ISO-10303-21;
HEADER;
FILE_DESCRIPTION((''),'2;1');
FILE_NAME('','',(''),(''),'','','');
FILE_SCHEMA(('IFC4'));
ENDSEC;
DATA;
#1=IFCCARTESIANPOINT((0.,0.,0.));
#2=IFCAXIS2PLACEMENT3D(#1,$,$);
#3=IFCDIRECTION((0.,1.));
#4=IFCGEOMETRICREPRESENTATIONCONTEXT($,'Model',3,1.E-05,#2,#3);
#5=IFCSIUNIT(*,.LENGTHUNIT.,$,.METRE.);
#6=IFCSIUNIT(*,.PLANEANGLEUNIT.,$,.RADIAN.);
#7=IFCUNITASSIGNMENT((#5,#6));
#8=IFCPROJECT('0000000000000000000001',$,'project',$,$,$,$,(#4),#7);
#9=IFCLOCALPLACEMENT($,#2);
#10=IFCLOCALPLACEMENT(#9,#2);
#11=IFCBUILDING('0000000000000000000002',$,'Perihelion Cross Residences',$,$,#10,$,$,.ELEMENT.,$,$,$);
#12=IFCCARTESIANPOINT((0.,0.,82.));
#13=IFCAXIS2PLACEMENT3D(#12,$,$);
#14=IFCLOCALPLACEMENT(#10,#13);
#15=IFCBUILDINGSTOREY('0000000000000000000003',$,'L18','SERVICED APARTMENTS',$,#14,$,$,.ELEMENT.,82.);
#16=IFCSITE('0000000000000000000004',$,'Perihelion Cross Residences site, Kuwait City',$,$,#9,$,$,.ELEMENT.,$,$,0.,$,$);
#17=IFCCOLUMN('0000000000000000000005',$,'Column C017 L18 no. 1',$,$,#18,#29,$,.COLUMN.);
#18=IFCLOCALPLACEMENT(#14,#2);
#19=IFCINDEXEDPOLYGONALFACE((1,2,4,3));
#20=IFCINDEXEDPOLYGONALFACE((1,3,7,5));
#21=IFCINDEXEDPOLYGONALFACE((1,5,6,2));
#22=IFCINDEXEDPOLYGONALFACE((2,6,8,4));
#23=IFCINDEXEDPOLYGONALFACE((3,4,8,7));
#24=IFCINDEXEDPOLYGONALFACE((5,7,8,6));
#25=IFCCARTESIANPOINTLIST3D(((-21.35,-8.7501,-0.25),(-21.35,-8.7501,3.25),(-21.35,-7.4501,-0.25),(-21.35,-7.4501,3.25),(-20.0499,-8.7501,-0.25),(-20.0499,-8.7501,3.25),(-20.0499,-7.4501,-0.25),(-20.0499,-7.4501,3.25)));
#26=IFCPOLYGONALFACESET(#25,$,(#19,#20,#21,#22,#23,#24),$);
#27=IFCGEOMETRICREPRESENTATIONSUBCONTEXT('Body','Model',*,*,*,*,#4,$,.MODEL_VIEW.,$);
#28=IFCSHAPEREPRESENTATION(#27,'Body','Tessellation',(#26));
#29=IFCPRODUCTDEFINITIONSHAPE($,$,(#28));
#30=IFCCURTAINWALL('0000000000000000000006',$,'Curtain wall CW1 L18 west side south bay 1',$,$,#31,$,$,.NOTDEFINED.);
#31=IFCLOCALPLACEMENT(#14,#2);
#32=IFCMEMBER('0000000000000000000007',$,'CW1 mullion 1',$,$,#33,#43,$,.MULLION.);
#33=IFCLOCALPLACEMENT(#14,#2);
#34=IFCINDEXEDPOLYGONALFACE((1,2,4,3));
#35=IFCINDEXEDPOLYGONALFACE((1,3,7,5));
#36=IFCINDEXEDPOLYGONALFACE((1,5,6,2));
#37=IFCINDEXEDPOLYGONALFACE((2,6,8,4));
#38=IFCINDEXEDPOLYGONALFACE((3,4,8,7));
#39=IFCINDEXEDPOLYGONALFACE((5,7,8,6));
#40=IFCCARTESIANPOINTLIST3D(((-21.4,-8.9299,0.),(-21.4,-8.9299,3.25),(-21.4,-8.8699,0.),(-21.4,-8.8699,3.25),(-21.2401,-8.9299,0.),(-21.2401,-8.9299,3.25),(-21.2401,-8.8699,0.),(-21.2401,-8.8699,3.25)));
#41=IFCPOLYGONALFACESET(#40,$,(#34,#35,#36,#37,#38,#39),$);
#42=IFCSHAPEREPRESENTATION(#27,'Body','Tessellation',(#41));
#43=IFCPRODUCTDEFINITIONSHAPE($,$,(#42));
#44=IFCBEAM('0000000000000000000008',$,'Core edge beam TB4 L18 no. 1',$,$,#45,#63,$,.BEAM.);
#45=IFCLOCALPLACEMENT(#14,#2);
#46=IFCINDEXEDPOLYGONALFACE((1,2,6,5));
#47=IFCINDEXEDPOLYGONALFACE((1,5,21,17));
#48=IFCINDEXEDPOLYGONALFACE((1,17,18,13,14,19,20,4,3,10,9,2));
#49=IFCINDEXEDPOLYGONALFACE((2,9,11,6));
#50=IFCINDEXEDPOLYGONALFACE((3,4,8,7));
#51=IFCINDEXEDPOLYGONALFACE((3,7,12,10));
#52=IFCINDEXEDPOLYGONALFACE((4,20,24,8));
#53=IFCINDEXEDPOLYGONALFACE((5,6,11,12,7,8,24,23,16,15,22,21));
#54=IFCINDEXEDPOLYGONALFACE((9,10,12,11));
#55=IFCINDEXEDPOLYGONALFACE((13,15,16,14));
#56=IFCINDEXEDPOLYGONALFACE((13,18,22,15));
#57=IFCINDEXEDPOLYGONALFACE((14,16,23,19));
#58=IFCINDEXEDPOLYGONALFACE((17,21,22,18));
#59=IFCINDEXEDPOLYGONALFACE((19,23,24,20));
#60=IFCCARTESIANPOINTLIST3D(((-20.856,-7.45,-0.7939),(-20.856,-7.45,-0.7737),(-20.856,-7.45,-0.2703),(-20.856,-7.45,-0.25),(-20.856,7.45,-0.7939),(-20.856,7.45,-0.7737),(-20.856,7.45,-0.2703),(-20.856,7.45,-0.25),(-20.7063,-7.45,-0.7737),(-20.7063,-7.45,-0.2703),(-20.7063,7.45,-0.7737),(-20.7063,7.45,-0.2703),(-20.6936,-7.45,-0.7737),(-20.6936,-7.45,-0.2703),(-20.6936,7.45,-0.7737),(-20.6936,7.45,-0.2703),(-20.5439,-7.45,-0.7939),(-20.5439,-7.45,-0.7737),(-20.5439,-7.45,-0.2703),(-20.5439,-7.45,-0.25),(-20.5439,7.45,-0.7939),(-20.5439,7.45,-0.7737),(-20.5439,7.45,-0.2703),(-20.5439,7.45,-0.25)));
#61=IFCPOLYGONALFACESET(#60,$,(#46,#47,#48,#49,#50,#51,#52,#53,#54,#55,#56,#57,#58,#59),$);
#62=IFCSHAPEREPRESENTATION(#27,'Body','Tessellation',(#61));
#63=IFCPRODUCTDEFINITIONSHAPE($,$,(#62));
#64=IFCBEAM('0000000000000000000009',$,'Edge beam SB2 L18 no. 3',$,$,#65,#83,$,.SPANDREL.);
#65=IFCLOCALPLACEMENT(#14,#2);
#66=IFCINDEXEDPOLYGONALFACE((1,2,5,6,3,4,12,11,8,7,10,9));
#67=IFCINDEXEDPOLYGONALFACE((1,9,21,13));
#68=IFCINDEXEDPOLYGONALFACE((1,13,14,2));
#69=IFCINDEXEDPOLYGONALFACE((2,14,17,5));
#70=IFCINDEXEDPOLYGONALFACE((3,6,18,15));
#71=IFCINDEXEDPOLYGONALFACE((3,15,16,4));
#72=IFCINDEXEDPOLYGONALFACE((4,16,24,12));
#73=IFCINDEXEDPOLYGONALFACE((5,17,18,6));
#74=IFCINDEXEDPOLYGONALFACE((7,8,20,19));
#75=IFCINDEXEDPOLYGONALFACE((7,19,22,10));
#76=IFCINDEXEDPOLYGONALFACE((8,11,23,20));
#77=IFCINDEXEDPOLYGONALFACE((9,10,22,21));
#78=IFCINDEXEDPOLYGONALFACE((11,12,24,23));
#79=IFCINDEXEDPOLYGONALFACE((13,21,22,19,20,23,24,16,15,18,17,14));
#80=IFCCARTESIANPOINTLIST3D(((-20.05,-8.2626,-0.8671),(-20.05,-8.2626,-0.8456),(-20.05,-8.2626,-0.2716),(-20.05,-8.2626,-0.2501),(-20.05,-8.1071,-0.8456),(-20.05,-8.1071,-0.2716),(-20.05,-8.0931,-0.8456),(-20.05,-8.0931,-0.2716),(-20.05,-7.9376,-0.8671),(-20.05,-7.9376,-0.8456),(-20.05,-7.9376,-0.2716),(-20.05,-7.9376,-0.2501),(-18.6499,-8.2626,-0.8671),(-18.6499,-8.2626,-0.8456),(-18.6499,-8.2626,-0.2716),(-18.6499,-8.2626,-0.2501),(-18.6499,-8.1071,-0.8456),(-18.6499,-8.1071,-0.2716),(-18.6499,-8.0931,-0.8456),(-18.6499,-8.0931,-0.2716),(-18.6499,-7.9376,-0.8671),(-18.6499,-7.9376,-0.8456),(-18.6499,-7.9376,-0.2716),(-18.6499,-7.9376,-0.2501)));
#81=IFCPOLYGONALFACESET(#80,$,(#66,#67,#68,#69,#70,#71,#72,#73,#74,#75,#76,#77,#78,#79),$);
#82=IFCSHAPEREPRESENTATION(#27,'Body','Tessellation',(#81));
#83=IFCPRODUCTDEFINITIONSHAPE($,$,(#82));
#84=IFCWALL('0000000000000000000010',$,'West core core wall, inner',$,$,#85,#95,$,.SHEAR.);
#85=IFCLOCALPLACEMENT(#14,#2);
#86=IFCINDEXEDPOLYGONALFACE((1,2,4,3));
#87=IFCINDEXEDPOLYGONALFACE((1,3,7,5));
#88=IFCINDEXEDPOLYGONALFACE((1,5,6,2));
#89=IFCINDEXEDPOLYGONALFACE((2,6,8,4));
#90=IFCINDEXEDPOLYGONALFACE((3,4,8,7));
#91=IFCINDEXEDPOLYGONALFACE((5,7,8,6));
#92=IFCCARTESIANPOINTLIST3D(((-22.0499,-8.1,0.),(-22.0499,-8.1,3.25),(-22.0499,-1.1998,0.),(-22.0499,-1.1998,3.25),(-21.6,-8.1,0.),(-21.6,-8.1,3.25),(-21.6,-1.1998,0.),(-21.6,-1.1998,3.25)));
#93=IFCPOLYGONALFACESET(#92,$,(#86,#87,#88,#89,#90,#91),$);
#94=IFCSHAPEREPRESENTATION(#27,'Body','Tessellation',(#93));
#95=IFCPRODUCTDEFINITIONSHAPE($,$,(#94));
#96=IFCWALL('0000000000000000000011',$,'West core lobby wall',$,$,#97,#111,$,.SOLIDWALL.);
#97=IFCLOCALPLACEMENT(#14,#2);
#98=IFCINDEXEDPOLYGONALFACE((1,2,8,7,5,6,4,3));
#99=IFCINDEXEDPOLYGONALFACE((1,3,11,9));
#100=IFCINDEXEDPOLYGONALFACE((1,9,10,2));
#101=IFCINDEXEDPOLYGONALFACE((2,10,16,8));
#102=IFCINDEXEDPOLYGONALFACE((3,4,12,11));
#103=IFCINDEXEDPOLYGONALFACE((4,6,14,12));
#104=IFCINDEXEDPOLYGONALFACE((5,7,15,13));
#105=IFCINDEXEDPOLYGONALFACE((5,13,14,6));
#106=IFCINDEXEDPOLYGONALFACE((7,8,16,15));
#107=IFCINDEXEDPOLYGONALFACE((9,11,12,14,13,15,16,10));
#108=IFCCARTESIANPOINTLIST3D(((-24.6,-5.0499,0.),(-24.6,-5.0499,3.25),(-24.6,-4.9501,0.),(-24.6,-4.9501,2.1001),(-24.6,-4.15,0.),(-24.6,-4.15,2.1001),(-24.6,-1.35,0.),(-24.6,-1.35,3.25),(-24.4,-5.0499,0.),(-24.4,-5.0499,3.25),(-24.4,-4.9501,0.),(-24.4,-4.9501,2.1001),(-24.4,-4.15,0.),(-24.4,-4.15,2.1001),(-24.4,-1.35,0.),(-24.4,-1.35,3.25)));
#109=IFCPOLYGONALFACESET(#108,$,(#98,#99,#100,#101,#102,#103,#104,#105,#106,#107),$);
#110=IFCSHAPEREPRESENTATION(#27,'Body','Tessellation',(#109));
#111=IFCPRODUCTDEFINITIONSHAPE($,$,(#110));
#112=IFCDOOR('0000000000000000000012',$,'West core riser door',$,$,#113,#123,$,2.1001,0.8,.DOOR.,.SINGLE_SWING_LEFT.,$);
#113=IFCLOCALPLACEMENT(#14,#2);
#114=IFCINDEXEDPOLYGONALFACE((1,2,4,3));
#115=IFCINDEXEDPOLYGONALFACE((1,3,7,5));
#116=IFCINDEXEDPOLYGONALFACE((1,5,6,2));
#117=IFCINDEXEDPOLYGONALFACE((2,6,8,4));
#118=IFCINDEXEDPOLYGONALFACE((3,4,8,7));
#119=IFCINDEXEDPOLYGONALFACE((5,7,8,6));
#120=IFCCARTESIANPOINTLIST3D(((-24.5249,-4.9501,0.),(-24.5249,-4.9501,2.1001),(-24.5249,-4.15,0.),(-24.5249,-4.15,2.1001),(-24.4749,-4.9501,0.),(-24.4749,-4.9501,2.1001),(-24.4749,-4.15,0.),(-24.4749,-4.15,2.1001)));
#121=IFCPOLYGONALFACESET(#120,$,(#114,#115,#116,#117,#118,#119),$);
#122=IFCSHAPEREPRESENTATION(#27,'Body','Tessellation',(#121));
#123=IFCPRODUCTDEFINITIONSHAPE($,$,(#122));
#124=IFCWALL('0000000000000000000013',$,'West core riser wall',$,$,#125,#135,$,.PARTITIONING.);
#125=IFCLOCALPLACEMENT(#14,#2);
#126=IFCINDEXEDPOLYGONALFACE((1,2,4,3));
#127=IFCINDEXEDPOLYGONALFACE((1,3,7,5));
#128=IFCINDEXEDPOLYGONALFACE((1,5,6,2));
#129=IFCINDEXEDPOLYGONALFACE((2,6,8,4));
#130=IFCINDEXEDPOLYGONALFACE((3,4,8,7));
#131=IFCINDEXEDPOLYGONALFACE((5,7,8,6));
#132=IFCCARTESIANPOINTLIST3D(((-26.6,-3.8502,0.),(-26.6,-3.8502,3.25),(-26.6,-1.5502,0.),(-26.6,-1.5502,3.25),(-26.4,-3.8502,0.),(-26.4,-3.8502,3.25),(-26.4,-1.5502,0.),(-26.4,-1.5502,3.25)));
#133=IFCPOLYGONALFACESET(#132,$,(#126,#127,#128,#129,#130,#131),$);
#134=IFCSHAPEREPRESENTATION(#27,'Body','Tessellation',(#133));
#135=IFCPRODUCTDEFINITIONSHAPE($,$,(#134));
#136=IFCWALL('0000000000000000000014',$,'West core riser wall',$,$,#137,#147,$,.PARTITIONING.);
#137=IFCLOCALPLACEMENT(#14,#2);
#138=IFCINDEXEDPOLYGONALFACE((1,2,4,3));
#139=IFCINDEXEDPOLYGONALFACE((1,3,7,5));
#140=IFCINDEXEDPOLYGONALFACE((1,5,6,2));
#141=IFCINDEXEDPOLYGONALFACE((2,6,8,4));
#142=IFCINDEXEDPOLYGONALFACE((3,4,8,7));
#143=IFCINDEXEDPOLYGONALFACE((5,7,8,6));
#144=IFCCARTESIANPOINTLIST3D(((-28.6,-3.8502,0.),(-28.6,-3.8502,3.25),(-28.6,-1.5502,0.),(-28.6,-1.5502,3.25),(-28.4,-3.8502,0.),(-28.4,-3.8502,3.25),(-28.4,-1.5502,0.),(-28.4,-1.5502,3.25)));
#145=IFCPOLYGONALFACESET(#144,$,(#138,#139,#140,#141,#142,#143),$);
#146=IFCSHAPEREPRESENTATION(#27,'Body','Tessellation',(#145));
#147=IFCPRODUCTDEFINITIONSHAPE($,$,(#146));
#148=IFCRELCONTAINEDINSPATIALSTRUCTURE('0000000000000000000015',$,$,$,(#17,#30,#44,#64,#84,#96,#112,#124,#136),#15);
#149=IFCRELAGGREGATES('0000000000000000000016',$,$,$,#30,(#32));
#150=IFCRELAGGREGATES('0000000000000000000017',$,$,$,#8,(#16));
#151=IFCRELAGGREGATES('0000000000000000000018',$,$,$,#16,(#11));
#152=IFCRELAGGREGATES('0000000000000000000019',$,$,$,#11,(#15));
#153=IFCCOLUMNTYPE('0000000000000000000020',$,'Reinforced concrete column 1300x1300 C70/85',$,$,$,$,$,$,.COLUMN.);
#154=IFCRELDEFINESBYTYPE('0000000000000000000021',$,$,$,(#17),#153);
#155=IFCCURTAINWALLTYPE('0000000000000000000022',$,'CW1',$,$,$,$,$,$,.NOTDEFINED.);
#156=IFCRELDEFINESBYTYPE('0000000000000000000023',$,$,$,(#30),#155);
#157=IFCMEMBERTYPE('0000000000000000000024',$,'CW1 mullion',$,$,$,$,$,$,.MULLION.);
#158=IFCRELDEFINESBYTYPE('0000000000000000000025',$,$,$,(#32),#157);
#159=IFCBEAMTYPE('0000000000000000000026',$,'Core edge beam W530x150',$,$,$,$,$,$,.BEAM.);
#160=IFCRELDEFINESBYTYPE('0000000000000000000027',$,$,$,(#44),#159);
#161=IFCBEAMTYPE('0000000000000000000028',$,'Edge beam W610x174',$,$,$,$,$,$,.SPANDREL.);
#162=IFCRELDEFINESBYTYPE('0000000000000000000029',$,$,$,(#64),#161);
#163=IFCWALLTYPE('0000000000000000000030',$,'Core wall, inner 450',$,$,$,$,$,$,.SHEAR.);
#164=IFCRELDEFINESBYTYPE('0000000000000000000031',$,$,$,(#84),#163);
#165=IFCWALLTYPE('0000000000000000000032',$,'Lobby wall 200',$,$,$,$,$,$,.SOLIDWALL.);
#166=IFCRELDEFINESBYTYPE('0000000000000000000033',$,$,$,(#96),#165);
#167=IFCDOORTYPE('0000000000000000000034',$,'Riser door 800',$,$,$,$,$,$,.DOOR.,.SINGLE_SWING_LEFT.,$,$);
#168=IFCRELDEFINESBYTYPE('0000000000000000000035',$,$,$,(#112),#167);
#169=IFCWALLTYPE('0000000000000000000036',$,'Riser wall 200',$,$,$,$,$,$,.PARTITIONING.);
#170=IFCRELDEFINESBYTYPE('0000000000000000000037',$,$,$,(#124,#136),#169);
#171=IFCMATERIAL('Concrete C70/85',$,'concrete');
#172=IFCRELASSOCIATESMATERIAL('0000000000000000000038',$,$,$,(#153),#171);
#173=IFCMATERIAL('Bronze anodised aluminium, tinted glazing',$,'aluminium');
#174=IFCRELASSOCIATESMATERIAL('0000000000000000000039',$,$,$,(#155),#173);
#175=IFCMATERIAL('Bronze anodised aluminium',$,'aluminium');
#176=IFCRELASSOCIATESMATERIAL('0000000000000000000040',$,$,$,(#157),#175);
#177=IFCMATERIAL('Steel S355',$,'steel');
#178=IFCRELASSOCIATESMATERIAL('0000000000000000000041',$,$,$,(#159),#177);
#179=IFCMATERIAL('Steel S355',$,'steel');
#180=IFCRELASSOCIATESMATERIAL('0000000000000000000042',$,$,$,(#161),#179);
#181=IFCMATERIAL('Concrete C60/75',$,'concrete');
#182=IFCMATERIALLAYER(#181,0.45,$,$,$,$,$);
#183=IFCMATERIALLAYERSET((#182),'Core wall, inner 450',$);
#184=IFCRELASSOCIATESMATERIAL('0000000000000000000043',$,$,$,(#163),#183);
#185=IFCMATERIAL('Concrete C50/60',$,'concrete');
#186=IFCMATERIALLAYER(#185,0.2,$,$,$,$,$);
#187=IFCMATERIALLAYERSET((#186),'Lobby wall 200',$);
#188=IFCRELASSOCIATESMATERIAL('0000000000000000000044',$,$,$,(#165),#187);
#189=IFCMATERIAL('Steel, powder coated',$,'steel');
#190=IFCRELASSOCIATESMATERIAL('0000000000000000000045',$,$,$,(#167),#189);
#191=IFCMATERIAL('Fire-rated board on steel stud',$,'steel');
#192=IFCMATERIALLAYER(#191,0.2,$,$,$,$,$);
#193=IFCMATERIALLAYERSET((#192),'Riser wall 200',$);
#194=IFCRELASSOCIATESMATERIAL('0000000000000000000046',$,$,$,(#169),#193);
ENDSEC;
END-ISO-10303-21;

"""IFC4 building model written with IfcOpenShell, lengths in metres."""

from ifc_helpers import new_model, si_unit, direction, frame, frame_2d, origin, origin_2d, place, context, subcontext, project, spatial, rectangle, i_section, extrude, material, layer, layer_set, material_profile, profile_set, type_object, element, fill, aggregate, save


model = new_model("IFC4")

# Units and contexts
model_context = context("Model", 3, precision=1e-05, world=origin(), true_north=direction((0.0, 1.0)))
body_context = subcontext(model_context, "Body", "Model", "MODEL_VIEW")
ifc_project = project(units=[si_unit("LENGTHUNIT", "METRE"), si_unit("PLANEANGLEUNIT", "RADIAN")], contexts=[model_context])

# Site, building, storey
site_placement = place(None, origin())
site = spatial("IfcSite", under=ifc_project, at=site_placement, Name="Perihelion Cross Residences site, Kuwait City", CompositionType="ELEMENT", RefElevation=0.0)
building_placement = place(site_placement, origin())
building = spatial("IfcBuilding", under=site, at=building_placement, Name="Perihelion Cross Residences", CompositionType="ELEMENT")
storey_placement = place(building_placement, frame((0.0, 0.0, 82.0)))
storey = spatial("IfcBuildingStorey", under=building, at=storey_placement, Name="L18", Description="SERVICED APARTMENTS", CompositionType="ELEMENT", Elevation=82.0)

# Column
ifc_material_1 = material(Name="Concrete C70/85", Category="concrete")
ifc_material_profile_1 = material_profile(ifc_material_1, rectangle(XDim=1.3, YDim=1.3, at=origin_2d()), Name="RC 1300x1300")
ifc_profile_set_1 = profile_set([ifc_material_profile_1], Name="Concrete C70/85")
column_type = type_object("IfcColumnType", Name="Reinforced concrete column 1300x1300 C70/85", PredefinedType="COLUMN", material=ifc_profile_set_1)
column_placement = place(storey_placement, frame((-20.7, -8.1001, -0.25), z_axis=(0.0, 0.0, 1.0), x_axis=(1.0, 0.0, 0.0)))
element("IfcColumn", 1, at=column_placement, inside=storey, type_object=column_type, Name="Column C017 L18 no. 1", PredefinedType="COLUMN", context=body_context, shape_type="SweptSolid", body=[
    extrude(rectangle(XDim=1.3, YDim=1.3, at=origin_2d()), origin(), (0.0, 0.0, 1.0), 3.5),
])

# Curtain wall, member
ifc_material_2 = material(Name="Bronze anodised aluminium, tinted glazing", Category="aluminium")
curtain_wall_type = type_object("IfcCurtainWallType", Name="CW1", PredefinedType="NOTDEFINED", material=ifc_material_2)
curtain_wall_placement = place(storey_placement, origin())
curtain_wall = element("IfcCurtainWall", 2, at=curtain_wall_placement, inside=storey, type_object=curtain_wall_type, Name="Curtain wall CW1 L18 west side south bay 1", PredefinedType="NOTDEFINED")
ifc_material_3 = material(Name="Bronze anodised aluminium", Category="aluminium")
ifc_material_profile_2 = material_profile(ifc_material_3, rectangle(XDim=0.0601, YDim=0.1599, at=origin_2d()), Name="CW1 mullion")
ifc_profile_set_2 = profile_set([ifc_material_profile_2], Name="Bronze anodised aluminium")
member_type = type_object("IfcMemberType", Name="CW1 mullion", PredefinedType="MULLION", material=ifc_profile_set_2)
member_placement = place(storey_placement, frame((-21.3201, -8.8999, 0.0), z_axis=(0.0, 0.0, 1.0), x_axis=(0.0, 1.0, 0.0)))
member = element("IfcMember", 3, at=member_placement, type_object=member_type, Name="CW1 mullion 1", PredefinedType="MULLION", context=body_context, shape_type="SweptSolid", body=[
    extrude(rectangle(XDim=0.0601, YDim=0.1599, at=origin_2d()), origin(), (0.0, 0.0, 1.0), 3.25),
])
aggregate(curtain_wall, [member])

# Beams
ifc_material_4 = material(Name="Steel S355", Category="steel")
ifc_material_profile_3 = material_profile(ifc_material_4, i_section(OverallWidth=0.312, OverallDepth=0.5439, WebThickness=0.0127, FlangeThickness=0.0203, at=origin_2d()), Name="W530x150")
ifc_profile_set_3 = profile_set([ifc_material_profile_3], Name="Steel S355")
beam_type_1 = type_object("IfcBeamType", Name="Core edge beam W530x150", PredefinedType="BEAM", material=ifc_profile_set_3)
beam_1_placement = place(storey_placement, frame((-20.7, -7.45, -0.522), z_axis=(0.0, 1.0, 0.0), x_axis=(-1.0, 0.0, 0.0)))
element("IfcBeam", 4, at=beam_1_placement, inside=storey, type_object=beam_type_1, Name="Core edge beam TB4 L18 no. 1", PredefinedType="BEAM", context=body_context, shape_type="SweptSolid", body=[
    extrude(i_section(OverallWidth=0.312, OverallDepth=0.5439, WebThickness=0.0127, FlangeThickness=0.0203, at=origin_2d()), origin(), (0.0, 0.0, 1.0), 14.8999),
])
ifc_material_5 = material(Name="Steel S355", Category="steel")
ifc_material_profile_4 = material_profile(ifc_material_5, i_section(OverallWidth=0.325, OverallDepth=0.6169, WebThickness=0.0139, FlangeThickness=0.0215, at=origin_2d()), Name="W610x174")
ifc_profile_set_4 = profile_set([ifc_material_profile_4], Name="Steel S355")
beam_type_2 = type_object("IfcBeamType", Name="Edge beam W610x174", PredefinedType="SPANDREL", material=ifc_profile_set_4)
beam_2_placement = place(storey_placement, frame((-20.05, -8.1001, -0.5586), z_axis=(1.0, 0.0, 0.0), x_axis=(0.0, 1.0, 0.0)))
element("IfcBeam", 5, at=beam_2_placement, inside=storey, type_object=beam_type_2, Name="Edge beam SB2 L18 no. 3", PredefinedType="SPANDREL", context=body_context, shape_type="SweptSolid", body=[
    extrude(i_section(OverallWidth=0.325, OverallDepth=0.6169, WebThickness=0.0139, FlangeThickness=0.0215, at=origin_2d()), origin(), (0.0, 0.0, 1.0), 1.4001),
])

# Wall
ifc_material_6 = material(Name="Concrete C60/75", Category="concrete")
ifc_layer_1 = layer(ifc_material_6, 0.45)
ifc_layer_set_1 = layer_set([ifc_layer_1], Name="Core wall, inner 450")
wall_type_1 = type_object("IfcWallType", Name="Core wall, inner 450", PredefinedType="SHEAR", material=ifc_layer_set_1)
wall_1_placement = place(storey_placement, frame((-21.825, -8.1001, 0.0), z_axis=(0.0, 0.0, 1.0), x_axis=(0.0, 1.0, 0.0)))
element("IfcWall", 6, at=wall_1_placement, inside=storey, type_object=wall_type_1, Name="West core core wall, inner", PredefinedType="SHEAR", context=body_context, shape_type="SweptSolid", body=[
    extrude(rectangle(XDim=6.9001, YDim=0.45, at=frame_2d((3.4502, 0.0))), origin(), (0.0, 0.0, 1.0), 3.25),
])

# Wall, opening, door
ifc_material_7 = material(Name="Concrete C50/60", Category="concrete")
ifc_layer_2 = layer(ifc_material_7, 0.2)
ifc_layer_set_2 = layer_set([ifc_layer_2], Name="Lobby wall 200")
wall_type_2 = type_object("IfcWallType", Name="Lobby wall 200", PredefinedType="SOLIDWALL", material=ifc_layer_set_2)
wall_2_placement = place(storey_placement, frame((-24.5, -5.05, 0.0), z_axis=(0.0, 0.0, 1.0), x_axis=(0.0, 1.0, 0.0)))
wall_2 = element("IfcWall", 7, at=wall_2_placement, inside=storey, type_object=wall_type_2, Name="West core lobby wall", PredefinedType="SOLIDWALL", context=body_context, shape_type="SweptSolid", body=[
    extrude(rectangle(XDim=3.7, YDim=0.2, at=frame_2d((1.8501, 0.0))), origin(), (0.0, 0.0, 1.0), 3.25),
])
opening_1_placement = place(wall_2_placement, frame((0.1001, 0.0, 0.0)))
opening_1 = element("IfcOpeningElement", 8, at=opening_1_placement, cuts=wall_2, PredefinedType="OPENING", context=body_context, shape_type="SweptSolid", body=[
    extrude(rectangle(XDim=0.8, YDim=2.1001, at=frame_2d((0.3999, 1.05))), frame((0.0, 0.1099, 0.0), z_axis=(0.0, -1.0, 0.0), x_axis=(1.0, 0.0, 0.0)), (0.0, 0.0, 1.0), 0.22),
])
ifc_material_8 = material(Name="Steel, powder coated", Category="steel")
door_type_1 = type_object("IfcDoorType", Name="Riser door 800", OperationType="SINGLE_SWING_LEFT", PredefinedType="DOOR", material=ifc_material_8)
door_1_placement = place(opening_1_placement, origin())
door_1 = element("IfcDoor", 9, at=door_1_placement, inside=storey, type_object=door_type_1, Name="West core riser door", OperationType="SINGLE_SWING_LEFT", OverallHeight=2.1001, OverallWidth=0.8, PredefinedType="DOOR", context=body_context, shape_type="SweptSolid", body=[
    extrude(rectangle(XDim=0.8, YDim=2.1001, at=frame_2d((0.3999, 1.05))), frame((0.0, 0.0249, 0.0), z_axis=(0.0, -1.0, 0.0), x_axis=(1.0, 0.0, 0.0)), (0.0, 0.0, 1.0), 0.05),
])
fill(opening_1, door_1)

# Walls
ifc_material_9 = material(Name="Fire-rated board on steel stud", Category="steel")
ifc_layer_3 = layer(ifc_material_9, 0.2)
ifc_layer_set_3 = layer_set([ifc_layer_3], Name="Riser wall 200")
wall_type_3 = type_object("IfcWallType", Name="Riser wall 200", PredefinedType="PARTITIONING", material=ifc_layer_set_3)
for number, where, z_axis, x_axis, name in (
    (10, (-26.5, -3.8501, 0.0), (0.0, 0.0, 1.0), (0.0, 1.0, 0.0), "West core riser wall"),
    (11, (-28.5, -3.8501, 0.0), (0.0, 0.0, 1.0), (0.0, 1.0, 0.0), "West core riser wall"),
):
    element("IfcWall", number, at=place(storey_placement, frame(where, z_axis=z_axis, x_axis=x_axis)), inside=storey, type_object=wall_type_3, Name=name, PredefinedType="PARTITIONING", context=body_context, shape_type="SweptSolid", body=[
        extrude(rectangle(XDim=2.3, YDim=0.2, at=frame_2d((1.1499, 0.0))), origin(), (0.0, 0.0, 1.0), 3.25),
    ])

save(model, "model.ifc")
